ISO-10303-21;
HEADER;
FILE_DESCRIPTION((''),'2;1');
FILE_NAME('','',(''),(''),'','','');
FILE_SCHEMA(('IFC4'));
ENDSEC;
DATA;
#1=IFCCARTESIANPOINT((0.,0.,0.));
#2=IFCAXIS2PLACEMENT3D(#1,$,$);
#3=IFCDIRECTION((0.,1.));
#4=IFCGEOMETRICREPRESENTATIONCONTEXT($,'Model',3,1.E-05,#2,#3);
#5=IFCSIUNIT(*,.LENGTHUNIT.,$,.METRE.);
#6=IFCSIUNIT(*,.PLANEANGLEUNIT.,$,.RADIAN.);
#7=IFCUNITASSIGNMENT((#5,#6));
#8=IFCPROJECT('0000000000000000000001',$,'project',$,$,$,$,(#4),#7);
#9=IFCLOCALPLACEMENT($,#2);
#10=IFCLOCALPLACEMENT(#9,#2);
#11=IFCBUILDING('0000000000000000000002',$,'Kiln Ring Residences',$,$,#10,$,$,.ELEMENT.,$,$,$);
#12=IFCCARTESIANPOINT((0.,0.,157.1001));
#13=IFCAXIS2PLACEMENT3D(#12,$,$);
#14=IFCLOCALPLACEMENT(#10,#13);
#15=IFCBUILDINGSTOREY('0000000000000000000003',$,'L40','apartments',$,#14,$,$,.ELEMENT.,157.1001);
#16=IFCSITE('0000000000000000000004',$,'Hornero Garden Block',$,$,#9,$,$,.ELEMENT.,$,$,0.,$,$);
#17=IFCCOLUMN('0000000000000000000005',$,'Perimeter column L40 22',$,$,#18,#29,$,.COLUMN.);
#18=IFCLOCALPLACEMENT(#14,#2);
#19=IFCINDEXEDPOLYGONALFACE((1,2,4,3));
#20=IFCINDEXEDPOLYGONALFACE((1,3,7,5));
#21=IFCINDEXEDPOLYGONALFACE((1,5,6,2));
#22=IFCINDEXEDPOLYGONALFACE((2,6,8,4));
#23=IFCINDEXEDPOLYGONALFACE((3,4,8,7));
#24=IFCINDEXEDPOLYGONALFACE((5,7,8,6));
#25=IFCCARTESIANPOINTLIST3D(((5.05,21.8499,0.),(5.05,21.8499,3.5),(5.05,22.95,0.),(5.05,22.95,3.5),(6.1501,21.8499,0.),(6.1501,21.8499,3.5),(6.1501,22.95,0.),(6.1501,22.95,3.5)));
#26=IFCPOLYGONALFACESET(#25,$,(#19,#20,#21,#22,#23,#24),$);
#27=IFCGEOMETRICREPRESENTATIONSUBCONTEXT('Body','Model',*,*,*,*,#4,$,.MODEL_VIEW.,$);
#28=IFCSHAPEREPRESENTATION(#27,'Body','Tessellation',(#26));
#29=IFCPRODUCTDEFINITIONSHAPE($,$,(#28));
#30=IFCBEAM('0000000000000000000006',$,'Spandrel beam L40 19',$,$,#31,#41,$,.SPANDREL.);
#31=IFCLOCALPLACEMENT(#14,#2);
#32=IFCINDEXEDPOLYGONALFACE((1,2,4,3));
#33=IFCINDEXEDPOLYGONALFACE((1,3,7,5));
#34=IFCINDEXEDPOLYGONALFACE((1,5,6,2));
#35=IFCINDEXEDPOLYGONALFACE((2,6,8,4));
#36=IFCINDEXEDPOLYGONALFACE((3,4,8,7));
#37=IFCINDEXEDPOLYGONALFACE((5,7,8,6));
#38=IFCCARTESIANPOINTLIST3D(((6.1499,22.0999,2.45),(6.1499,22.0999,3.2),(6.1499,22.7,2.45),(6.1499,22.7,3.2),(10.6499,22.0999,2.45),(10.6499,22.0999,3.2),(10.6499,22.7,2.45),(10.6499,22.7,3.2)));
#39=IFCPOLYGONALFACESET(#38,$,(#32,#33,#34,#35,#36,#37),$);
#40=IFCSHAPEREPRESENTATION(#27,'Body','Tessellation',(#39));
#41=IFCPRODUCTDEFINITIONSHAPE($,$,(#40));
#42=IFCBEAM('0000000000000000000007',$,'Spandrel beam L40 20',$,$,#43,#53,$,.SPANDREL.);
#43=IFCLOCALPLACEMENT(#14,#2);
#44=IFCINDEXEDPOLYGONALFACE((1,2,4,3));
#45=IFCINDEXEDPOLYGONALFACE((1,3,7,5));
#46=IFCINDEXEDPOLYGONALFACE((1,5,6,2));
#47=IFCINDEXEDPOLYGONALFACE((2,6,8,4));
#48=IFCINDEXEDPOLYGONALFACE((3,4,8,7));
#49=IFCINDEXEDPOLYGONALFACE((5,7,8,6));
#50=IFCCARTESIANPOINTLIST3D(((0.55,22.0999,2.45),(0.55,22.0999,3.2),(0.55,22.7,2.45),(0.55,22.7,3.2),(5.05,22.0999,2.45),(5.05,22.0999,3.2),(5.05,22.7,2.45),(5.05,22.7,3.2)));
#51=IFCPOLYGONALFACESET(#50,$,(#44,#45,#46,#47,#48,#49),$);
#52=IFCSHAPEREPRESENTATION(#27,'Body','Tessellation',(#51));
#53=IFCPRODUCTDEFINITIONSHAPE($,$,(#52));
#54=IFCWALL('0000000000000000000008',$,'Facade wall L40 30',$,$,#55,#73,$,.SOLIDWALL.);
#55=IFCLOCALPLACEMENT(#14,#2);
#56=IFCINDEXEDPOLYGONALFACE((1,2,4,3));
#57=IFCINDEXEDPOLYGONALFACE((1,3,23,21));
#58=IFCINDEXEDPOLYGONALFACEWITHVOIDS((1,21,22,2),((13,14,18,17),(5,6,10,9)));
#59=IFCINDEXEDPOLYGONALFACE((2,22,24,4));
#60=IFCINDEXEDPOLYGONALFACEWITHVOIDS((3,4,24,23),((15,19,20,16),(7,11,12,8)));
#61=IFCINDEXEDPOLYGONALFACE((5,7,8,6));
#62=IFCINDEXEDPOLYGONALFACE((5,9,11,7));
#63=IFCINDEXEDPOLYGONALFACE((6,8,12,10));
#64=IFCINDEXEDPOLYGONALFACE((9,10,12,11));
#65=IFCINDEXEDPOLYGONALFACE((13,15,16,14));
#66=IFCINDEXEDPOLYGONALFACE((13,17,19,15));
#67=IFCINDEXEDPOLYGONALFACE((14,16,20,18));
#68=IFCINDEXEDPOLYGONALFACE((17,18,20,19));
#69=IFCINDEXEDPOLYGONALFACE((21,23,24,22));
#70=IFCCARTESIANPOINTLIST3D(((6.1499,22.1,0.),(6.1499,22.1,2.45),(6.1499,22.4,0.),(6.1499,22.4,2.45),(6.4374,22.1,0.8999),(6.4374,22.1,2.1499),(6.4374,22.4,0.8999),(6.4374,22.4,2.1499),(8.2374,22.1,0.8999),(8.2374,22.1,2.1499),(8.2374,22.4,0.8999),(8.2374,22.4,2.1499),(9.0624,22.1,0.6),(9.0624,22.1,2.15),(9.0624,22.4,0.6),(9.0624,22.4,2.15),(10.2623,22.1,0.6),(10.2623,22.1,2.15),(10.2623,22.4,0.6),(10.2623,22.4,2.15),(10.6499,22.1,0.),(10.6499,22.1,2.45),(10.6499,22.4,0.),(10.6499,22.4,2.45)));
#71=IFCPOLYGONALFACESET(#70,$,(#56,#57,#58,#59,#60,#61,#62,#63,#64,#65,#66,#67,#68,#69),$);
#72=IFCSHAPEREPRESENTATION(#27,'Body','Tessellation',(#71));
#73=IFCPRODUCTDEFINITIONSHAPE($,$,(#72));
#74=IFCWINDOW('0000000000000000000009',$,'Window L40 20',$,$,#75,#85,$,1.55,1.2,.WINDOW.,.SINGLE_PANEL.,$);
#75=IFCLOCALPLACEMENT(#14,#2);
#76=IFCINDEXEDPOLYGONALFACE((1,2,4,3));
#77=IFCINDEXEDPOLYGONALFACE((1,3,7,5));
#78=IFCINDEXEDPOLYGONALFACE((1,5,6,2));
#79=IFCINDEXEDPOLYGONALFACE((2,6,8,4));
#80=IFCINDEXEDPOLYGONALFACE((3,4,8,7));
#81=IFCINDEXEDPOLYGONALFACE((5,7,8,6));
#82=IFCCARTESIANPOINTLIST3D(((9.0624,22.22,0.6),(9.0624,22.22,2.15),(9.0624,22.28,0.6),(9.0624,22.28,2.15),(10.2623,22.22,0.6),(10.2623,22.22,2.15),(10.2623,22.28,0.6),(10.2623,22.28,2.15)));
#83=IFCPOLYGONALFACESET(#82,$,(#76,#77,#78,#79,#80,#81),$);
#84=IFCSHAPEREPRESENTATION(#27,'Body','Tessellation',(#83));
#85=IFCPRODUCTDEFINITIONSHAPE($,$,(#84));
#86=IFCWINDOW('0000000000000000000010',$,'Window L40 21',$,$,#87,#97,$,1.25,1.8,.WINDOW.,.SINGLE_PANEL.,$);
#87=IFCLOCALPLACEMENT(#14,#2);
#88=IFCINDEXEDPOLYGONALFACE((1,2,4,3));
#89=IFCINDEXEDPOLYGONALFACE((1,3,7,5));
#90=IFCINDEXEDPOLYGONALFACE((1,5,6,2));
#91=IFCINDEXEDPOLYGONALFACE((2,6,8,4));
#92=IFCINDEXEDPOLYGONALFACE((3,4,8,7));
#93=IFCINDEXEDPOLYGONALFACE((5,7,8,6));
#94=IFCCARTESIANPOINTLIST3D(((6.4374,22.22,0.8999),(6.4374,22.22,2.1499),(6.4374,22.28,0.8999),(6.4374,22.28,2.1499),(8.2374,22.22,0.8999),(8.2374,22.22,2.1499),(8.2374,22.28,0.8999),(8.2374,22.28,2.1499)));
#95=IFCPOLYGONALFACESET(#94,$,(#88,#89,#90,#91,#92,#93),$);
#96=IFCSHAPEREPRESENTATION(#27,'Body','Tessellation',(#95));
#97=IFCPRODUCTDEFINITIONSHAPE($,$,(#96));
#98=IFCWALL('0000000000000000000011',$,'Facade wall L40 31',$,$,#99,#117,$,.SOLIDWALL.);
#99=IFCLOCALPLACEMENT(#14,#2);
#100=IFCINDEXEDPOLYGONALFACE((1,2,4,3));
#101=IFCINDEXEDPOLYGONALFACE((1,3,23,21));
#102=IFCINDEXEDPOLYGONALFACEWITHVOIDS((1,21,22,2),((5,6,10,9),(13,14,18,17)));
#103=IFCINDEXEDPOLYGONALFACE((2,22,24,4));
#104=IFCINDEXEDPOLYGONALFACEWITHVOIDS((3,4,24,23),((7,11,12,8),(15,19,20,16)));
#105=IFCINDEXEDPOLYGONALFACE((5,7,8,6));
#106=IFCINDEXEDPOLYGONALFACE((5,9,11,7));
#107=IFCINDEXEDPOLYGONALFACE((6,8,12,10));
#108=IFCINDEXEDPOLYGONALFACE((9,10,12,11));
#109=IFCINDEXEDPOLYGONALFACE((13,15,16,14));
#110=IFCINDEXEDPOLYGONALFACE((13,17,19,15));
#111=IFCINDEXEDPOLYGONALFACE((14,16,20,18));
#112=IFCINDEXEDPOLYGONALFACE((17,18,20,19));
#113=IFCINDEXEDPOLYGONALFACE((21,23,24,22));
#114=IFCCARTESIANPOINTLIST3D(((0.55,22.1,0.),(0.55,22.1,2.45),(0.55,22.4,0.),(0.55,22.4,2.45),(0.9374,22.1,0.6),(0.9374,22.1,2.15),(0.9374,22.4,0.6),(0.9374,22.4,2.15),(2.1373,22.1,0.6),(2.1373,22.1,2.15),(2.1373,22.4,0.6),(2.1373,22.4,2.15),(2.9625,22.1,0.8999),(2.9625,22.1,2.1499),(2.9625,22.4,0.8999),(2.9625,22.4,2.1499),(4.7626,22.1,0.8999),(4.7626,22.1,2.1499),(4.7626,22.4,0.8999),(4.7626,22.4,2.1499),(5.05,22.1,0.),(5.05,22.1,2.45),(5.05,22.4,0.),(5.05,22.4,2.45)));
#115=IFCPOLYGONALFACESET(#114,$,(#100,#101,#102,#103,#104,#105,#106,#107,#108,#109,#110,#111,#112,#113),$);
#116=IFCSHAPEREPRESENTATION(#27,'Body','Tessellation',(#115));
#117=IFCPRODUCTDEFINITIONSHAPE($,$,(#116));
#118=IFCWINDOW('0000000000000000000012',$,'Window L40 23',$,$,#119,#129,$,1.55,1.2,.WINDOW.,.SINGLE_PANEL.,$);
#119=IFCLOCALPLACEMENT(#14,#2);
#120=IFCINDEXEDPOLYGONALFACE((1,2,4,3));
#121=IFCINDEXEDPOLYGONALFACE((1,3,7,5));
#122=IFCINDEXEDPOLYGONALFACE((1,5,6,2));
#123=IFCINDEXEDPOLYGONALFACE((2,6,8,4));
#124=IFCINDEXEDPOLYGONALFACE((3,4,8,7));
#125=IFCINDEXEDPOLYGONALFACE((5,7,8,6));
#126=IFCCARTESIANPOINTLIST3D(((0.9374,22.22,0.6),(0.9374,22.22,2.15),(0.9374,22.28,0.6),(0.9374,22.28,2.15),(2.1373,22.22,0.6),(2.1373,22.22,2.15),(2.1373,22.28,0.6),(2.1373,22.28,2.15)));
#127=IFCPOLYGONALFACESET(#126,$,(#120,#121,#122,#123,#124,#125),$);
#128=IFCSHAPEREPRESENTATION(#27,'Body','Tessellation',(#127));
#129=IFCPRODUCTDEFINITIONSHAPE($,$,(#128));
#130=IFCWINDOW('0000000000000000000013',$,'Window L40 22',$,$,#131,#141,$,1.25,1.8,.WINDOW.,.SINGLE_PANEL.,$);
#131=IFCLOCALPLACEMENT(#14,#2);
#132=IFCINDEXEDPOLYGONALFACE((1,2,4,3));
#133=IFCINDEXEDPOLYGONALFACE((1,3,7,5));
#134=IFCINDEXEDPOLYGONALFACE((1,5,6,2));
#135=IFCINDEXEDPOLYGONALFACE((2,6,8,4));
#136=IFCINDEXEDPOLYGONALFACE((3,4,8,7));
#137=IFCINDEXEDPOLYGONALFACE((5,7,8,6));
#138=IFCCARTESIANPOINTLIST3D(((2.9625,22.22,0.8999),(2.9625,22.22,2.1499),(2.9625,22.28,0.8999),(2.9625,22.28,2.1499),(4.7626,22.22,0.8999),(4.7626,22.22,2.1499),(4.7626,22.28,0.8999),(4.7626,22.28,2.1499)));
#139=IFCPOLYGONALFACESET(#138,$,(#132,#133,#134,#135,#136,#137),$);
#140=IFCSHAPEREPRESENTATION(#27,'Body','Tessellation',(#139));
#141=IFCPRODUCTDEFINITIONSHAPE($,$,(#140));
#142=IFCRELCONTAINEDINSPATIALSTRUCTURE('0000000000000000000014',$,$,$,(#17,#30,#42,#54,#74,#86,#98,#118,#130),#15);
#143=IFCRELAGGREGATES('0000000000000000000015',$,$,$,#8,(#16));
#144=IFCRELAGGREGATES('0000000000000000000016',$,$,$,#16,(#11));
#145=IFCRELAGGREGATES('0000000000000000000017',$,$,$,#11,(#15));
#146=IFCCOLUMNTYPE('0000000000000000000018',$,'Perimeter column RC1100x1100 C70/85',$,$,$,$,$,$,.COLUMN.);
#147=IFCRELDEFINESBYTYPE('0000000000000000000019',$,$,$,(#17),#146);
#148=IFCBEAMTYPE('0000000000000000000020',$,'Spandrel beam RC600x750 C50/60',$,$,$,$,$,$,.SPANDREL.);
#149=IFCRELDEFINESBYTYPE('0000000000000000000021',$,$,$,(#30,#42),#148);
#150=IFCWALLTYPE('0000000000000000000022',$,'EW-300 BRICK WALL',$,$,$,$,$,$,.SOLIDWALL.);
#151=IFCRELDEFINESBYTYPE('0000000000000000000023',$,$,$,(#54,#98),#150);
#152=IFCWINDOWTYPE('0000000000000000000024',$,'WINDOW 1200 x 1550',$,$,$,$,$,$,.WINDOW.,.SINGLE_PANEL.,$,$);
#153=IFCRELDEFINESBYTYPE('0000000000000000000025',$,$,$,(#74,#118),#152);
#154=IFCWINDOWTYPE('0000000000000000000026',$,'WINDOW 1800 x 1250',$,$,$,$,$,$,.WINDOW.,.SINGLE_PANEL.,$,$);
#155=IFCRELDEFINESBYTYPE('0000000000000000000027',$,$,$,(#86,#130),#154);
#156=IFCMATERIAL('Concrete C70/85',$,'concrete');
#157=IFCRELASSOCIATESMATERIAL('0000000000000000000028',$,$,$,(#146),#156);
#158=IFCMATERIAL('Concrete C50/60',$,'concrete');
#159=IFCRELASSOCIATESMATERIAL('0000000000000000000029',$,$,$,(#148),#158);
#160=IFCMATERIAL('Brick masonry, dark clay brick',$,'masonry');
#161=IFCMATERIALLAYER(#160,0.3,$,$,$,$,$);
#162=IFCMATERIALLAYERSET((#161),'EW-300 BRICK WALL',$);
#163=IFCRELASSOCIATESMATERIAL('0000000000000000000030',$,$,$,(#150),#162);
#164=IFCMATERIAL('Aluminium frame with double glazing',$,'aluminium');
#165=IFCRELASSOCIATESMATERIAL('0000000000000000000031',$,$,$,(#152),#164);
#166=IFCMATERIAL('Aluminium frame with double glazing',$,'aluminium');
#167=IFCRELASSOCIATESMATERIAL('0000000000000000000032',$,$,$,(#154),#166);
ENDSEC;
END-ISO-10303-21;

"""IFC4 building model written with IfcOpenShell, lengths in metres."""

from ifc_helpers import new_model, si_unit, direction, frame, frame_2d, origin, origin_2d, place, context, subcontext, project, spatial, rectangle, extrude, material, layer, layer_set, material_profile, profile_set, type_object, element, fill, save


model = new_model("IFC4")

# Units and contexts
model_context = context("Model", 3, precision=1e-05, world=origin(), true_north=direction((0.0, 1.0)))
body_context = subcontext(model_context, "Body", "Model", "MODEL_VIEW")
ifc_project = project(units=[si_unit("LENGTHUNIT", "METRE"), si_unit("PLANEANGLEUNIT", "RADIAN")], contexts=[model_context])

# Site, building, storey
site_placement = place(None, origin())
site = spatial("IfcSite", under=ifc_project, at=site_placement, Name="Hornero Garden Block", CompositionType="ELEMENT", RefElevation=0.0)
building_placement = place(site_placement, origin())
building = spatial("IfcBuilding", under=site, at=building_placement, Name="Kiln Ring Residences", CompositionType="ELEMENT")
storey_placement = place(building_placement, frame((0.0, 0.0, 157.1001)))
storey = spatial("IfcBuildingStorey", under=building, at=storey_placement, Name="L40", Description="apartments", CompositionType="ELEMENT", Elevation=157.1001)

# Column
ifc_material_1 = material(Name="Concrete C70/85", Category="concrete")
ifc_material_profile_1 = material_profile(ifc_material_1, rectangle(XDim=1.1001, YDim=1.1001, at=origin_2d()), Name="RC1100x1100")
ifc_profile_set_1 = profile_set([ifc_material_profile_1], Name="Concrete C70/85")
column_type = type_object("IfcColumnType", Name="Perimeter column RC1100x1100 C70/85", PredefinedType="COLUMN", material=ifc_profile_set_1)
column_placement = place(storey_placement, frame((5.6001, 22.3999, 0.0), z_axis=(0.0, 0.0, 1.0), x_axis=(1.0, 0.0, 0.0)))
element("IfcColumn", 1, at=column_placement, inside=storey, type_object=column_type, Name="Perimeter column L40 22", PredefinedType="COLUMN", context=body_context, shape_type="SweptSolid", body=[
    extrude(rectangle(XDim=1.1001, YDim=1.1001, at=origin_2d()), origin(), (0.0, 0.0, 1.0), 3.5),
])

# Beams
ifc_material_2 = material(Name="Concrete C50/60", Category="concrete")
ifc_material_profile_2 = material_profile(ifc_material_2, rectangle(XDim=0.6001, YDim=0.75, at=origin_2d()), Name="RC600x750")
ifc_profile_set_2 = profile_set([ifc_material_profile_2], Name="Concrete C50/60")
beam_type = type_object("IfcBeamType", Name="Spandrel beam RC600x750 C50/60", PredefinedType="SPANDREL", material=ifc_profile_set_2)
for number, where, z_axis, x_axis, name in (
    (2, (10.6499, 22.3999, 2.825), (-1.0, 0.0, 0.0), (0.0, -1.0, 0.0), "Spandrel beam L40 19"),
    (3, (5.05, 22.3999, 2.825), (-1.0, 0.0, 0.0), (0.0, -1.0, 0.0), "Spandrel beam L40 20"),
):
    element("IfcBeam", number, at=place(storey_placement, frame(where, z_axis=z_axis, x_axis=x_axis)), inside=storey, type_object=beam_type, Name=name, PredefinedType="SPANDREL", context=body_context, shape_type="SweptSolid", body=[
        extrude(rectangle(XDim=0.6001, YDim=0.75, at=origin_2d()), origin(), (0.0, 0.0, 1.0), 4.5),
    ])

# Walls, openings, windows
ifc_material_3 = material(Name="Brick masonry, dark clay brick", Category="masonry")
ifc_layer_1 = layer(ifc_material_3, 0.3)
ifc_layer_set_1 = layer_set([ifc_layer_1], Name="EW-300 BRICK WALL")
wall_type_1 = type_object("IfcWallType", Name="EW-300 BRICK WALL", PredefinedType="SOLIDWALL", material=ifc_layer_set_1)
wall_1_placement = place(storey_placement, frame((10.6499, 22.25, 0.0), z_axis=(0.0, 0.0, 1.0), x_axis=(-1.0, 0.0, 0.0)))
wall_1 = element("IfcWall", 4, at=wall_1_placement, inside=storey, type_object=wall_type_1, Name="Facade wall L40 30", PredefinedType="SOLIDWALL", context=body_context, shape_type="SweptSolid", body=[
    extrude(rectangle(XDim=4.5, YDim=0.3, at=frame_2d((2.25, 0.0))), origin(), (0.0, 0.0, 1.0), 2.45),
])
opening_1_placement = place(wall_1_placement, frame((0.3875, 0.0, 0.6001)))
opening_1 = element("IfcOpeningElement", 5, at=opening_1_placement, cuts=wall_1, PredefinedType="OPENING", context=body_context, shape_type="SweptSolid", body=[
    extrude(rectangle(XDim=1.2, YDim=1.55, at=frame_2d((0.6001, 0.7749))), frame((0.0, 0.1599, 0.0), z_axis=(0.0, -1.0, 0.0), x_axis=(1.0, 0.0, 0.0)), (0.0, 0.0, 1.0), 0.3201),
])
opening_2_placement = place(wall_1_placement, frame((2.4126, 0.0, 0.8999)))
opening_2 = element("IfcOpeningElement", 6, at=opening_2_placement, cuts=wall_1, PredefinedType="OPENING", context=body_context, shape_type="SweptSolid", body=[
    extrude(rectangle(XDim=1.8, YDim=1.25, at=frame_2d((0.8999, 0.625))), frame((0.0, 0.1599, 0.0), z_axis=(0.0, -1.0, 0.0), x_axis=(1.0, 0.0, 0.0)), (0.0, 0.0, 1.0), 0.3201),
])
ifc_material_4 = material(Name="Aluminium frame with double glazing", Category="aluminium")
window_type_1 = type_object("IfcWindowType", Name="WINDOW 1200 x 1550", PartitioningType="SINGLE_PANEL", PredefinedType="WINDOW", material=ifc_material_4)
window_1_placement = place(opening_1_placement, origin())
window_1 = element("IfcWindow", 7, at=window_1_placement, inside=storey, type_object=window_type_1, Name="Window L40 20", OverallHeight=1.55, OverallWidth=1.2, PartitioningType="SINGLE_PANEL", PredefinedType="WINDOW", context=body_context, shape_type="SweptSolid", body=[
    extrude(rectangle(XDim=1.2, YDim=1.55, at=frame_2d((0.6001, 0.7749))), frame((0.0, 0.03, 0.0), z_axis=(0.0, -1.0, 0.0), x_axis=(1.0, 0.0, 0.0)), (0.0, 0.0, 1.0), 0.0601),
])
fill(opening_1, window_1)
ifc_material_5 = material(Name="Aluminium frame with double glazing", Category="aluminium")
window_type_2 = type_object("IfcWindowType", Name="WINDOW 1800 x 1250", PartitioningType="SINGLE_PANEL", PredefinedType="WINDOW", material=ifc_material_5)
window_2_placement = place(opening_2_placement, origin())
window_2 = element("IfcWindow", 8, at=window_2_placement, inside=storey, type_object=window_type_2, Name="Window L40 21", OverallHeight=1.25, OverallWidth=1.8, PartitioningType="SINGLE_PANEL", PredefinedType="WINDOW", context=body_context, shape_type="SweptSolid", body=[
    extrude(rectangle(XDim=1.8, YDim=1.25, at=frame_2d((0.8999, 0.625))), frame((0.0, 0.03, 0.0), z_axis=(0.0, -1.0, 0.0), x_axis=(1.0, 0.0, 0.0)), (0.0, 0.0, 1.0), 0.0601),
])
fill(opening_2, window_2)
wall_2_placement = place(storey_placement, frame((5.05, 22.25, 0.0), z_axis=(0.0, 0.0, 1.0), x_axis=(-1.0, 0.0, 0.0)))
wall_2 = element("IfcWall", 9, at=wall_2_placement, inside=storey, type_object=wall_type_1, Name="Facade wall L40 31", PredefinedType="SOLIDWALL", context=body_context, shape_type="SweptSolid", body=[
    extrude(rectangle(XDim=4.5, YDim=0.3, at=frame_2d((2.25, 0.0))), origin(), (0.0, 0.0, 1.0), 2.45),
])
opening_3_placement = place(wall_2_placement, frame((0.2876, 0.0, 0.8999)))
opening_3 = element("IfcOpeningElement", 10, at=opening_3_placement, cuts=wall_2, PredefinedType="OPENING", context=body_context, shape_type="SweptSolid", body=[
    extrude(rectangle(XDim=1.8, YDim=1.25, at=frame_2d((0.8999, 0.625))), frame((0.0, 0.1599, 0.0), z_axis=(0.0, -1.0, 0.0), x_axis=(1.0, 0.0, 0.0)), (0.0, 0.0, 1.0), 0.3201),
])
opening_4_placement = place(wall_2_placement, frame((2.9126, 0.0, 0.6001)))
opening_4 = element("IfcOpeningElement", 11, at=opening_4_placement, cuts=wall_2, PredefinedType="OPENING", context=body_context, shape_type="SweptSolid", body=[
    extrude(rectangle(XDim=1.2, YDim=1.55, at=frame_2d((0.6001, 0.7749))), frame((0.0, 0.1599, 0.0), z_axis=(0.0, -1.0, 0.0), x_axis=(1.0, 0.0, 0.0)), (0.0, 0.0, 1.0), 0.3201),
])
window_3_placement = place(opening_4_placement, origin())
window_3 = element("IfcWindow", 12, at=window_3_placement, inside=storey, type_object=window_type_1, Name="Window L40 23", OverallHeight=1.55, OverallWidth=1.2, PartitioningType="SINGLE_PANEL", PredefinedType="WINDOW", context=body_context, shape_type="SweptSolid", body=[
    extrude(rectangle(XDim=1.2, YDim=1.55, at=frame_2d((0.6001, 0.7749))), frame((0.0, 0.03, 0.0), z_axis=(0.0, -1.0, 0.0), x_axis=(1.0, 0.0, 0.0)), (0.0, 0.0, 1.0), 0.0601),
])
fill(opening_4, window_3)
window_4_placement = place(opening_3_placement, origin())
window_4 = element("IfcWindow", 13, at=window_4_placement, inside=storey, type_object=window_type_2, Name="Window L40 22", OverallHeight=1.25, OverallWidth=1.8, PartitioningType="SINGLE_PANEL", PredefinedType="WINDOW", context=body_context, shape_type="SweptSolid", body=[
    extrude(rectangle(XDim=1.8, YDim=1.25, at=frame_2d((0.8999, 0.625))), frame((0.0, 0.03, 0.0), z_axis=(0.0, -1.0, 0.0), x_axis=(1.0, 0.0, 0.0)), (0.0, 0.0, 1.0), 0.0601),
])
fill(opening_3, window_4)

save(model, "model.ifc")
